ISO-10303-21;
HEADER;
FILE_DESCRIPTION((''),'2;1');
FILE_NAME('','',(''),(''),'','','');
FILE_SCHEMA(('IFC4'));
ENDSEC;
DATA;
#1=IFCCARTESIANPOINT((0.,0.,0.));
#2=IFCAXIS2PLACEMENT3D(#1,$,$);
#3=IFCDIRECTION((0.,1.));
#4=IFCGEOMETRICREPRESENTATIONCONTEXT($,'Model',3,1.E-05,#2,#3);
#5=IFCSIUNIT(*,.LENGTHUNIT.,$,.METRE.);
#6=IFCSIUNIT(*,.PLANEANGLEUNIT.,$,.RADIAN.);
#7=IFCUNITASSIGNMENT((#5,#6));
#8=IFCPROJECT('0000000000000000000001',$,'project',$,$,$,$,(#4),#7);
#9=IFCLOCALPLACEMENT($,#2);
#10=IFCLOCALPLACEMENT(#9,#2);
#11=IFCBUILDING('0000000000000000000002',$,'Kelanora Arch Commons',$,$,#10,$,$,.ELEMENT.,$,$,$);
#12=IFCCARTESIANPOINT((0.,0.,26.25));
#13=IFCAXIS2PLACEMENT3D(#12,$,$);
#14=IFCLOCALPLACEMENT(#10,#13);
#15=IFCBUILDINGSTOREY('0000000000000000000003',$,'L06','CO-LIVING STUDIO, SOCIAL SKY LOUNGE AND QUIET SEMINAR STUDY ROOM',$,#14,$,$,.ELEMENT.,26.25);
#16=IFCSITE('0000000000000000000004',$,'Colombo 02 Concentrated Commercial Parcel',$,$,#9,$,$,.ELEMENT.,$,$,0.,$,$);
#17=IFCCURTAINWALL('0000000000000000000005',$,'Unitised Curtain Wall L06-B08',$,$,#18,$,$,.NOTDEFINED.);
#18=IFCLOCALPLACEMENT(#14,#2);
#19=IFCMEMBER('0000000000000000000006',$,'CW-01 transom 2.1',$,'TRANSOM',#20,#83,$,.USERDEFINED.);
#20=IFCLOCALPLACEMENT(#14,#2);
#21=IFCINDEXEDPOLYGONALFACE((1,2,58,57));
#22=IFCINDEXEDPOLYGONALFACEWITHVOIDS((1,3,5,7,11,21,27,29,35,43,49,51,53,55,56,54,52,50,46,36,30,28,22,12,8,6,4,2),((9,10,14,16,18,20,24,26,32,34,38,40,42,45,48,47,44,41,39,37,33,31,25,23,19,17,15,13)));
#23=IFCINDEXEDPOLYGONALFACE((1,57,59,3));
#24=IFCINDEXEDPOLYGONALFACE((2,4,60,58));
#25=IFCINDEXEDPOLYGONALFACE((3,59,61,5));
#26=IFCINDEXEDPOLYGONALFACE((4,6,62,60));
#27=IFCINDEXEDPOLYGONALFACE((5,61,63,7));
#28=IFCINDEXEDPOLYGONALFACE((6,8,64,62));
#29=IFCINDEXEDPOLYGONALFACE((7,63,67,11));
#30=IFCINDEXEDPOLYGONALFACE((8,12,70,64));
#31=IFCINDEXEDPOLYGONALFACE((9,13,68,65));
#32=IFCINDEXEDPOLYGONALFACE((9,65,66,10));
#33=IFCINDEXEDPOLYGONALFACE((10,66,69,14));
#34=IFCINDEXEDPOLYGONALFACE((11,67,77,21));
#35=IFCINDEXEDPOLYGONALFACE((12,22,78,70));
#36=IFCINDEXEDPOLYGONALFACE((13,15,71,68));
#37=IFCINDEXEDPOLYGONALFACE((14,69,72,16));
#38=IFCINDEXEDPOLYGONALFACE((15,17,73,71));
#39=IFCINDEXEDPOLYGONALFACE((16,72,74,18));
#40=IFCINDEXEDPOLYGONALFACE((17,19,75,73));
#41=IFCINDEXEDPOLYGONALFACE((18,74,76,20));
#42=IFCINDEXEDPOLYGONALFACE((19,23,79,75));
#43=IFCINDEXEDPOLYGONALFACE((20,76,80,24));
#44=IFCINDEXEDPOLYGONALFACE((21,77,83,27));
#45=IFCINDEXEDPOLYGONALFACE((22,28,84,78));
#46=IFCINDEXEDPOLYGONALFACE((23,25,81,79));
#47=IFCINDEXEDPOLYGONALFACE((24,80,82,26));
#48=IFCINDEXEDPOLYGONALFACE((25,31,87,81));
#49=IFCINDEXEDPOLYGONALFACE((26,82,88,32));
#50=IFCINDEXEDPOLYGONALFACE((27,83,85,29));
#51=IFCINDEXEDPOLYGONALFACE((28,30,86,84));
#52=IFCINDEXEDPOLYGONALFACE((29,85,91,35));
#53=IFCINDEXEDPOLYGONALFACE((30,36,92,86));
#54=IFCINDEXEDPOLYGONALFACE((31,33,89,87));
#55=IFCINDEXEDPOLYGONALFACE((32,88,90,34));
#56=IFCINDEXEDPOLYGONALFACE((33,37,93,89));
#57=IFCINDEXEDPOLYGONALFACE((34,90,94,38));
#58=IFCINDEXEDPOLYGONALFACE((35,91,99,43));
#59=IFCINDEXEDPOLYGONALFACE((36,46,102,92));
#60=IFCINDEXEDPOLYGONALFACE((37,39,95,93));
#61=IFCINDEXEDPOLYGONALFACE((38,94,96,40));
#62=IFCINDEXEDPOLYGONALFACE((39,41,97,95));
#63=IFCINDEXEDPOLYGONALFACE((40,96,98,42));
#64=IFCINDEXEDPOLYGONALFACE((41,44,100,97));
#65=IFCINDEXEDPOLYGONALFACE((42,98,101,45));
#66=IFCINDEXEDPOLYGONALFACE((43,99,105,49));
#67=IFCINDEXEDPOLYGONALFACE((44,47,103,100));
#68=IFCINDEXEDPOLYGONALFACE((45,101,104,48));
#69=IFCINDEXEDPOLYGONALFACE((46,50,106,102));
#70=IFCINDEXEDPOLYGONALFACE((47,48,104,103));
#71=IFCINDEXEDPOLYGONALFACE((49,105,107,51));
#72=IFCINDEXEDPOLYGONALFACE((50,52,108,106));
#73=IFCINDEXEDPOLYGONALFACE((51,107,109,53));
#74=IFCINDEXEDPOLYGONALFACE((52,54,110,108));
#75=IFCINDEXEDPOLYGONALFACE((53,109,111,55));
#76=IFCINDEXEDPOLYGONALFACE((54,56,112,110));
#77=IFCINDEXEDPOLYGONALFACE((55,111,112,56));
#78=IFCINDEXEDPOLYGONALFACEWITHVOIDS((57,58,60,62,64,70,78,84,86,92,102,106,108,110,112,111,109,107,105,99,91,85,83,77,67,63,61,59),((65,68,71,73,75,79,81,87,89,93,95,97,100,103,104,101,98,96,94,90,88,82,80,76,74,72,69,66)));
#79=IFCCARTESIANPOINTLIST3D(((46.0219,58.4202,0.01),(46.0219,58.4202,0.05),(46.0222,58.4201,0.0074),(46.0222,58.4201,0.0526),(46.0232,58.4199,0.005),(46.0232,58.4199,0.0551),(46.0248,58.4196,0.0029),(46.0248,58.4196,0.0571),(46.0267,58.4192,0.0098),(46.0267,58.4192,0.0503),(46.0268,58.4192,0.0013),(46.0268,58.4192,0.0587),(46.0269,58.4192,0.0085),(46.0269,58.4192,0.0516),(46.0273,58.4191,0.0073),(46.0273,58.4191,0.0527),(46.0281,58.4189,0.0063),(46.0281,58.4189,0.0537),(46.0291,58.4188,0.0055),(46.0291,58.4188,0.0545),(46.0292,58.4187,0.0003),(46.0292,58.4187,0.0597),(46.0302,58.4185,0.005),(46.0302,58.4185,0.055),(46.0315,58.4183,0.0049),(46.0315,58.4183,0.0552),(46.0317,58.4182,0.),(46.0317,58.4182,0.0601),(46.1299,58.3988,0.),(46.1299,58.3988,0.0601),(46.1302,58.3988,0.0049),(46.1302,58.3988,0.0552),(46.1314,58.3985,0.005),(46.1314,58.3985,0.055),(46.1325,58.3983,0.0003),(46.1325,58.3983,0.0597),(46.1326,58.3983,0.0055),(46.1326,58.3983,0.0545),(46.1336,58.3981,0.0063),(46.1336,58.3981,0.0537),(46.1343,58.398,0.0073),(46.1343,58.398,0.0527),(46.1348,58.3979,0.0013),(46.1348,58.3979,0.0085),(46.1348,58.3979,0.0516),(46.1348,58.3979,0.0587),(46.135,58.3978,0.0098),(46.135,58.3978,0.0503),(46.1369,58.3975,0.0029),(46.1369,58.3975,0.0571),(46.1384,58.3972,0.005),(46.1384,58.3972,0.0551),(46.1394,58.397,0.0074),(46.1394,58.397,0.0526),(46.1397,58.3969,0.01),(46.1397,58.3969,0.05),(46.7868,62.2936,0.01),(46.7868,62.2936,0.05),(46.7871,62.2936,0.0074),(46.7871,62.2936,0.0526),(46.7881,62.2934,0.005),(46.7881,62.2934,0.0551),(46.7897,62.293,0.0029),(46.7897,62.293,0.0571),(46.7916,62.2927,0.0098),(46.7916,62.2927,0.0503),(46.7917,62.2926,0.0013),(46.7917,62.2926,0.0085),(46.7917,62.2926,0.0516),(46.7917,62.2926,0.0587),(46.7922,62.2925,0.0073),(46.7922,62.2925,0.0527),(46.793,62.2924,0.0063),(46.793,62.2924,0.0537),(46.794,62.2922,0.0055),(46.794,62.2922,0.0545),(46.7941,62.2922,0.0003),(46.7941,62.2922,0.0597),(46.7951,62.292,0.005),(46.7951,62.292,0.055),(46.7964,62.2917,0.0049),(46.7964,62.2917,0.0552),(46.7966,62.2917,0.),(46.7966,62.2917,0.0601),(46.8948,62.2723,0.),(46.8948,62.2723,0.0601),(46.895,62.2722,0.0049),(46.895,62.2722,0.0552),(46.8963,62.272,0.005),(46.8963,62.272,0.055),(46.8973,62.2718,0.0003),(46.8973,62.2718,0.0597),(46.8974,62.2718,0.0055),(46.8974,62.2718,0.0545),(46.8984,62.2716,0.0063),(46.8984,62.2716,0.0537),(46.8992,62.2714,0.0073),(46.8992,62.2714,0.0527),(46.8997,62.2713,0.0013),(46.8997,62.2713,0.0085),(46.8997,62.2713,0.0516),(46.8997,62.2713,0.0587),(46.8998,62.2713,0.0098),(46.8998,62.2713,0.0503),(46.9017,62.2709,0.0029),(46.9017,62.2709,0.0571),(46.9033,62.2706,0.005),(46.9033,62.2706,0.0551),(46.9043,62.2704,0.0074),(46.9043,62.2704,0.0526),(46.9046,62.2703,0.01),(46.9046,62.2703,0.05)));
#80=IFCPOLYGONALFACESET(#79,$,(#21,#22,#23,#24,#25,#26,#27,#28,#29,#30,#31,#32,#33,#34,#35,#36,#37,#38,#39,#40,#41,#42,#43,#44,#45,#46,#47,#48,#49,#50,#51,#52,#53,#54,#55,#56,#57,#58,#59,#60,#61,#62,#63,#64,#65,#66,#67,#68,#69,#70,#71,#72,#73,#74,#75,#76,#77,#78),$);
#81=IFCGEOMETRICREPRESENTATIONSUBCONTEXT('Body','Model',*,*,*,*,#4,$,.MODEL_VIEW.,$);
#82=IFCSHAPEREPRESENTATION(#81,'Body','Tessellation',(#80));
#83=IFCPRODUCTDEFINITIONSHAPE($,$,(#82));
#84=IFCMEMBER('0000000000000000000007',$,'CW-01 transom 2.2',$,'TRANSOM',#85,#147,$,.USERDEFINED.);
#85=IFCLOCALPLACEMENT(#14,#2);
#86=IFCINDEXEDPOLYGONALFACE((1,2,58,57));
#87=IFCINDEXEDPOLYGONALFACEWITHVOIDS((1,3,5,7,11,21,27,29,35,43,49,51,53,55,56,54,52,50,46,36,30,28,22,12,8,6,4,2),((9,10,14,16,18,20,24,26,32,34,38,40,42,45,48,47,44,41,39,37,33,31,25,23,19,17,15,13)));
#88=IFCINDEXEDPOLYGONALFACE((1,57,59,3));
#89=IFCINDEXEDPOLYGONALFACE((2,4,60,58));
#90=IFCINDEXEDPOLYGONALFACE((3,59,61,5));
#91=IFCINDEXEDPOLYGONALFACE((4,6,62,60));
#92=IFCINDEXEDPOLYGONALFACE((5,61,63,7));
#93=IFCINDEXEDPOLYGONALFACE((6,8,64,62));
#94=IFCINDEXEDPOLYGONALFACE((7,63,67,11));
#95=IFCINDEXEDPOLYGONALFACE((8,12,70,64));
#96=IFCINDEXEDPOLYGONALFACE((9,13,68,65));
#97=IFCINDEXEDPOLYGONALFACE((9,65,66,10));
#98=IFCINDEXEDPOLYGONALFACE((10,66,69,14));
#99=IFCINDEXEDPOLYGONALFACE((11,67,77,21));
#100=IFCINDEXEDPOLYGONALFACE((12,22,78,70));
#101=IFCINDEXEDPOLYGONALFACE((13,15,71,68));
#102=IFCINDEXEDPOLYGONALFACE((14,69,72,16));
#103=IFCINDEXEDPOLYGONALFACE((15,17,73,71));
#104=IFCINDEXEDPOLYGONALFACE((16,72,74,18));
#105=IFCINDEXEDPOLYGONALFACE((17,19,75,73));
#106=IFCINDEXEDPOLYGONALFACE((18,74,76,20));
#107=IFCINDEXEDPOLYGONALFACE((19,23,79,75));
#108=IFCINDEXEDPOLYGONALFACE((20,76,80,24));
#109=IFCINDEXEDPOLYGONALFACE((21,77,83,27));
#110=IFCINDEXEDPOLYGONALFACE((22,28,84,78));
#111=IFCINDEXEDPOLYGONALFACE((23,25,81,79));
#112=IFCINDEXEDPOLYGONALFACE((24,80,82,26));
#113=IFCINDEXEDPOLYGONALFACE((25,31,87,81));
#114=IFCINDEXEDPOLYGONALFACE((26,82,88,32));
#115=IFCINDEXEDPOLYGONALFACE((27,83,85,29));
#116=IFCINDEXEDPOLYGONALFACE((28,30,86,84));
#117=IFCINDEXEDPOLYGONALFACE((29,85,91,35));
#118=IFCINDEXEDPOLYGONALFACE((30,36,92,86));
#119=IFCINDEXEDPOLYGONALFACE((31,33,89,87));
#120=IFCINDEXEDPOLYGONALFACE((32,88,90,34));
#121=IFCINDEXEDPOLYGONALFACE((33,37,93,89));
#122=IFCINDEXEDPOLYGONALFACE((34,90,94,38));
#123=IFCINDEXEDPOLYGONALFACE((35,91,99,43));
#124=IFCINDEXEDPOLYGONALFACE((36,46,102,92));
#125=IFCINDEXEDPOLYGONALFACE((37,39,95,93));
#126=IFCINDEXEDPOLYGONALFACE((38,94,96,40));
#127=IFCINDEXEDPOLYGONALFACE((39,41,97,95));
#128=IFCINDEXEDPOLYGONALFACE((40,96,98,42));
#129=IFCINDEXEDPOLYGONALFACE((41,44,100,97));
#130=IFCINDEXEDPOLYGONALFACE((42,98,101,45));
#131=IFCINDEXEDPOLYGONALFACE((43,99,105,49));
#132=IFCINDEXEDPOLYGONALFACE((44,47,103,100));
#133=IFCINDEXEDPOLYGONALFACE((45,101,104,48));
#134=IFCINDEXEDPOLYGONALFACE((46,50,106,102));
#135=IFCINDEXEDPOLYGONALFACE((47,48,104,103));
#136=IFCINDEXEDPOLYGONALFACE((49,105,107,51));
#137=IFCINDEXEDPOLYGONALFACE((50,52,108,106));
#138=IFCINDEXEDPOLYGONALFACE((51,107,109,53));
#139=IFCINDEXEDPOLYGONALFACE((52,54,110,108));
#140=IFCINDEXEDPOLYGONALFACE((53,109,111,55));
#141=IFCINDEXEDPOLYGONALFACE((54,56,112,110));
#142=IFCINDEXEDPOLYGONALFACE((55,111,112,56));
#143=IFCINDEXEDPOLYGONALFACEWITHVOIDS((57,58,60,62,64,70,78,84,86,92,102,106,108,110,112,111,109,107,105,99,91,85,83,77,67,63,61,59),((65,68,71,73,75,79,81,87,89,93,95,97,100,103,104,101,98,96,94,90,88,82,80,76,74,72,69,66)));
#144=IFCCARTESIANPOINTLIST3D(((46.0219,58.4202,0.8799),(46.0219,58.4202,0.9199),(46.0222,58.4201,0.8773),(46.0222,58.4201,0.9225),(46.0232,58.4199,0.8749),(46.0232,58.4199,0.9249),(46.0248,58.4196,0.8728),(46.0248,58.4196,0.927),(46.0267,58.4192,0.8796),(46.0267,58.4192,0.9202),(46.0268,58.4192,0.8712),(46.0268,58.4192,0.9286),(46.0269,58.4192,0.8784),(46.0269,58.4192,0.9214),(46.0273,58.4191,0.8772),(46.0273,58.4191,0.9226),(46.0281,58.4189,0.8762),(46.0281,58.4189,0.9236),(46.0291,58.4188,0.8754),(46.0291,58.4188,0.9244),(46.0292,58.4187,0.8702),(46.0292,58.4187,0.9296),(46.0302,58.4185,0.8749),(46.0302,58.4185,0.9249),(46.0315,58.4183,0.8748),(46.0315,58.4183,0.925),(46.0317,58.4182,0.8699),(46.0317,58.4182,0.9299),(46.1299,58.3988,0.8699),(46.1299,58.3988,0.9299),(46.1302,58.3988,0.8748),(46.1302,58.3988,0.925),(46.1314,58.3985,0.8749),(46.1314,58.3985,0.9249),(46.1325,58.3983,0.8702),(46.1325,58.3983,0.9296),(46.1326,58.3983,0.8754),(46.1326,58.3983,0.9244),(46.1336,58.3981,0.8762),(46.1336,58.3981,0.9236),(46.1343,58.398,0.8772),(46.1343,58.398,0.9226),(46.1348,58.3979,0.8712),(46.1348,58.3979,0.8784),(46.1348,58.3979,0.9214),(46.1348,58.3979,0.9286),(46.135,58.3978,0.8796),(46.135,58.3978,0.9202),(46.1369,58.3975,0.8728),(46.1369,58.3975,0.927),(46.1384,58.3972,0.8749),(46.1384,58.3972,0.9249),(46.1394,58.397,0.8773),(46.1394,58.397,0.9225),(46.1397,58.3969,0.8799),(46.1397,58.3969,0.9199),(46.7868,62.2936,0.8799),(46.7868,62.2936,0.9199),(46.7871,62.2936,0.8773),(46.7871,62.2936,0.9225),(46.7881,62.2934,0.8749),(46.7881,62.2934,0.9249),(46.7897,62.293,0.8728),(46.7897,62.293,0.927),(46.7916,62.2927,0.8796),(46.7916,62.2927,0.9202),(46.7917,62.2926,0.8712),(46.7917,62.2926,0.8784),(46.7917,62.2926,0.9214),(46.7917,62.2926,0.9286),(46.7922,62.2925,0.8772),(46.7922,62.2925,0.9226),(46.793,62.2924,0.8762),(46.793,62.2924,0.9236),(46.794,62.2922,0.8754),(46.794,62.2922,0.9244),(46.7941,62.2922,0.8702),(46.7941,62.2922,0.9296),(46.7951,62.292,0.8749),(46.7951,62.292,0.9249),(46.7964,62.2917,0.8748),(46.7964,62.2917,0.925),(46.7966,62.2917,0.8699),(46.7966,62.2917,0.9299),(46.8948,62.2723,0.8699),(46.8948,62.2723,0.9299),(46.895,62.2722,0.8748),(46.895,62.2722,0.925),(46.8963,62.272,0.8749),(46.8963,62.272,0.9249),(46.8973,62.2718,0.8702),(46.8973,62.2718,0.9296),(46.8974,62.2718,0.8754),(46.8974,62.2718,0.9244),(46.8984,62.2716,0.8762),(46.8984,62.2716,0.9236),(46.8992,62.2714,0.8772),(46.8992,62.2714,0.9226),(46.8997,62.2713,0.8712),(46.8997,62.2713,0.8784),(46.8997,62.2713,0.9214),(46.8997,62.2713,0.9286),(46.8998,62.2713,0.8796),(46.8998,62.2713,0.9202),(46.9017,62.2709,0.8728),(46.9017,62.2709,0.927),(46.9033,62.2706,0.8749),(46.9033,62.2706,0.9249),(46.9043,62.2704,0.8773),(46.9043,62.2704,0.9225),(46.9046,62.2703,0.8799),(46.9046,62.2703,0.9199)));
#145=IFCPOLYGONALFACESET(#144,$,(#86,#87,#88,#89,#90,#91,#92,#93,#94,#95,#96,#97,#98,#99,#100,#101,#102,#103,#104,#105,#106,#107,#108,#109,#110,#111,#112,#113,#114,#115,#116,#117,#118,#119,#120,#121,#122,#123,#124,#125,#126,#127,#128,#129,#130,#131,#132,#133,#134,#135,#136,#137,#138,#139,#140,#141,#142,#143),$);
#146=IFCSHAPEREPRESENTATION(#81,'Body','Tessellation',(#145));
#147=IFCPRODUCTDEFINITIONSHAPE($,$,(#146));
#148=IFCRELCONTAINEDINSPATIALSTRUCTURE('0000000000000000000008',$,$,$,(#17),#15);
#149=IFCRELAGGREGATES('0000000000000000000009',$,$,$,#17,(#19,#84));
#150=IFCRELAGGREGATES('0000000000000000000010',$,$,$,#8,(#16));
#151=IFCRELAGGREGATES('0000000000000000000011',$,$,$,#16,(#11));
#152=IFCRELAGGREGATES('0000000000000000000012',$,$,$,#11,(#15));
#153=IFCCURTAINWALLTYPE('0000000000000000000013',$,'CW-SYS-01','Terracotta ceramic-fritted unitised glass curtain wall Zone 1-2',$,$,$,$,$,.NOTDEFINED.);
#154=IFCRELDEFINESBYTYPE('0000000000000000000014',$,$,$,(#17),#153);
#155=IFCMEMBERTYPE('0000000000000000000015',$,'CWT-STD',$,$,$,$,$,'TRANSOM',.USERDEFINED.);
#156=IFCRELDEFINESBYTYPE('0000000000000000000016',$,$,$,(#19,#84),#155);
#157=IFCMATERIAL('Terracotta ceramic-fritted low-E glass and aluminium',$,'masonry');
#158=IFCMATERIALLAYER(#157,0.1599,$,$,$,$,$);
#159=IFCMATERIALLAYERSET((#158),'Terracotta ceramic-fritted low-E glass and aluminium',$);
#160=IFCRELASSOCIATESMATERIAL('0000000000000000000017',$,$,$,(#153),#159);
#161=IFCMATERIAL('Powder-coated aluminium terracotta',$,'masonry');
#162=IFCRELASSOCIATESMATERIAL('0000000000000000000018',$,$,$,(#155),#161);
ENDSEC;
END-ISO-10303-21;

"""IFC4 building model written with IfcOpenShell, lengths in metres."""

from ifc_helpers import new_model, si_unit, direction, frame, origin, origin_2d, place, context, subcontext, project, spatial, hollow_rectangle, extrude, material, layer, layer_set, material_profile, profile_set, type_object, element, aggregate, save


model = new_model("IFC4")

# Units and contexts
model_context = context("Model", 3, precision=1e-05, world=origin(), true_north=direction((0.0, 1.0)))
body_context = subcontext(model_context, "Body", "Model", "MODEL_VIEW")
ifc_project = project(units=[si_unit("LENGTHUNIT", "METRE"), si_unit("PLANEANGLEUNIT", "RADIAN")], contexts=[model_context])

# Site, building, storey
site_placement = place(None, origin())
site = spatial("IfcSite", under=ifc_project, at=site_placement, Name="Colombo 02 Concentrated Commercial Parcel", CompositionType="ELEMENT", RefElevation=0.0)
building_placement = place(site_placement, origin())
building = spatial("IfcBuilding", under=site, at=building_placement, Name="Kelanora Arch Commons", CompositionType="ELEMENT")
storey_placement = place(building_placement, frame((0.0, 0.0, 26.25)))
storey = spatial("IfcBuildingStorey", under=building, at=storey_placement, Name="L06", Description="CO-LIVING STUDIO, SOCIAL SKY LOUNGE AND QUIET SEMINAR STUDY ROOM", CompositionType="ELEMENT", Elevation=26.25)

# Curtain wall, members
ifc_material_1 = material(Name="Terracotta ceramic-fritted low-E glass and aluminium", Category="masonry")
ifc_layer_1 = layer(ifc_material_1, 0.1599)
ifc_layer_set_1 = layer_set([ifc_layer_1], Name="Terracotta ceramic-fritted low-E glass and aluminium")
curtain_wall_type = type_object("IfcCurtainWallType", Name="CW-SYS-01", Description="Terracotta ceramic-fritted unitised glass curtain wall Zone 1-2", PredefinedType="NOTDEFINED", material=ifc_layer_set_1)
curtain_wall_placement = place(storey_placement, origin())
curtain_wall = element("IfcCurtainWall", 1, at=curtain_wall_placement, inside=storey, type_object=curtain_wall_type, Name="Unitised Curtain Wall L06-B08", PredefinedType="NOTDEFINED")
ifc_material_2 = material(Name="Powder-coated aluminium terracotta", Category="masonry")
ifc_material_profile_1 = material_profile(ifc_material_2, hollow_rectangle(XDim=0.1201, YDim=0.0601, WallThickness=0.0049, InnerFilletRadius=0.0049, OuterFilletRadius=0.01, at=origin_2d()), Name="CWT120x60")
ifc_profile_set_1 = profile_set([ifc_material_profile_1], Name="Powder-coated aluminium terracotta")
member_type_1 = type_object("IfcMemberType", Name="CWT-STD", ElementType="TRANSOM", PredefinedType="USERDEFINED", material=ifc_profile_set_1)
member_1_placement = place(storey_placement, frame((46.8457, 62.282, 0.03), z_axis=(-0.193725, -0.981056, 0.0), x_axis=(0.981056, -0.193725, 0.0)))
member_1 = element("IfcMember", 2, at=member_1_placement, type_object=member_type_1, Name="CW-01 transom 2.1", ObjectType="TRANSOM", PredefinedType="USERDEFINED", context=body_context, shape_type="SweptSolid", body=[
    extrude(hollow_rectangle(XDim=0.1201, YDim=0.0601, WallThickness=0.0049, InnerFilletRadius=0.0049, OuterFilletRadius=0.01, at=origin_2d()), origin(), (0.0, 0.0, 1.0), 3.9482),
])
member_2_placement = place(storey_placement, frame((46.8457, 62.282, 0.8999), z_axis=(-0.193725, -0.981056, 0.0), x_axis=(0.981056, -0.193725, 0.0)))
member_2 = element("IfcMember", 3, at=member_2_placement, type_object=member_type_1, Name="CW-01 transom 2.2", ObjectType="TRANSOM", PredefinedType="USERDEFINED", context=body_context, shape_type="SweptSolid", body=[
    extrude(hollow_rectangle(XDim=0.1201, YDim=0.0601, WallThickness=0.0049, InnerFilletRadius=0.0049, OuterFilletRadius=0.01, at=origin_2d()), origin(), (0.0, 0.0, 1.0), 3.9482),
])
aggregate(curtain_wall, [member_1, member_2])

save(model, "model.ifc")
